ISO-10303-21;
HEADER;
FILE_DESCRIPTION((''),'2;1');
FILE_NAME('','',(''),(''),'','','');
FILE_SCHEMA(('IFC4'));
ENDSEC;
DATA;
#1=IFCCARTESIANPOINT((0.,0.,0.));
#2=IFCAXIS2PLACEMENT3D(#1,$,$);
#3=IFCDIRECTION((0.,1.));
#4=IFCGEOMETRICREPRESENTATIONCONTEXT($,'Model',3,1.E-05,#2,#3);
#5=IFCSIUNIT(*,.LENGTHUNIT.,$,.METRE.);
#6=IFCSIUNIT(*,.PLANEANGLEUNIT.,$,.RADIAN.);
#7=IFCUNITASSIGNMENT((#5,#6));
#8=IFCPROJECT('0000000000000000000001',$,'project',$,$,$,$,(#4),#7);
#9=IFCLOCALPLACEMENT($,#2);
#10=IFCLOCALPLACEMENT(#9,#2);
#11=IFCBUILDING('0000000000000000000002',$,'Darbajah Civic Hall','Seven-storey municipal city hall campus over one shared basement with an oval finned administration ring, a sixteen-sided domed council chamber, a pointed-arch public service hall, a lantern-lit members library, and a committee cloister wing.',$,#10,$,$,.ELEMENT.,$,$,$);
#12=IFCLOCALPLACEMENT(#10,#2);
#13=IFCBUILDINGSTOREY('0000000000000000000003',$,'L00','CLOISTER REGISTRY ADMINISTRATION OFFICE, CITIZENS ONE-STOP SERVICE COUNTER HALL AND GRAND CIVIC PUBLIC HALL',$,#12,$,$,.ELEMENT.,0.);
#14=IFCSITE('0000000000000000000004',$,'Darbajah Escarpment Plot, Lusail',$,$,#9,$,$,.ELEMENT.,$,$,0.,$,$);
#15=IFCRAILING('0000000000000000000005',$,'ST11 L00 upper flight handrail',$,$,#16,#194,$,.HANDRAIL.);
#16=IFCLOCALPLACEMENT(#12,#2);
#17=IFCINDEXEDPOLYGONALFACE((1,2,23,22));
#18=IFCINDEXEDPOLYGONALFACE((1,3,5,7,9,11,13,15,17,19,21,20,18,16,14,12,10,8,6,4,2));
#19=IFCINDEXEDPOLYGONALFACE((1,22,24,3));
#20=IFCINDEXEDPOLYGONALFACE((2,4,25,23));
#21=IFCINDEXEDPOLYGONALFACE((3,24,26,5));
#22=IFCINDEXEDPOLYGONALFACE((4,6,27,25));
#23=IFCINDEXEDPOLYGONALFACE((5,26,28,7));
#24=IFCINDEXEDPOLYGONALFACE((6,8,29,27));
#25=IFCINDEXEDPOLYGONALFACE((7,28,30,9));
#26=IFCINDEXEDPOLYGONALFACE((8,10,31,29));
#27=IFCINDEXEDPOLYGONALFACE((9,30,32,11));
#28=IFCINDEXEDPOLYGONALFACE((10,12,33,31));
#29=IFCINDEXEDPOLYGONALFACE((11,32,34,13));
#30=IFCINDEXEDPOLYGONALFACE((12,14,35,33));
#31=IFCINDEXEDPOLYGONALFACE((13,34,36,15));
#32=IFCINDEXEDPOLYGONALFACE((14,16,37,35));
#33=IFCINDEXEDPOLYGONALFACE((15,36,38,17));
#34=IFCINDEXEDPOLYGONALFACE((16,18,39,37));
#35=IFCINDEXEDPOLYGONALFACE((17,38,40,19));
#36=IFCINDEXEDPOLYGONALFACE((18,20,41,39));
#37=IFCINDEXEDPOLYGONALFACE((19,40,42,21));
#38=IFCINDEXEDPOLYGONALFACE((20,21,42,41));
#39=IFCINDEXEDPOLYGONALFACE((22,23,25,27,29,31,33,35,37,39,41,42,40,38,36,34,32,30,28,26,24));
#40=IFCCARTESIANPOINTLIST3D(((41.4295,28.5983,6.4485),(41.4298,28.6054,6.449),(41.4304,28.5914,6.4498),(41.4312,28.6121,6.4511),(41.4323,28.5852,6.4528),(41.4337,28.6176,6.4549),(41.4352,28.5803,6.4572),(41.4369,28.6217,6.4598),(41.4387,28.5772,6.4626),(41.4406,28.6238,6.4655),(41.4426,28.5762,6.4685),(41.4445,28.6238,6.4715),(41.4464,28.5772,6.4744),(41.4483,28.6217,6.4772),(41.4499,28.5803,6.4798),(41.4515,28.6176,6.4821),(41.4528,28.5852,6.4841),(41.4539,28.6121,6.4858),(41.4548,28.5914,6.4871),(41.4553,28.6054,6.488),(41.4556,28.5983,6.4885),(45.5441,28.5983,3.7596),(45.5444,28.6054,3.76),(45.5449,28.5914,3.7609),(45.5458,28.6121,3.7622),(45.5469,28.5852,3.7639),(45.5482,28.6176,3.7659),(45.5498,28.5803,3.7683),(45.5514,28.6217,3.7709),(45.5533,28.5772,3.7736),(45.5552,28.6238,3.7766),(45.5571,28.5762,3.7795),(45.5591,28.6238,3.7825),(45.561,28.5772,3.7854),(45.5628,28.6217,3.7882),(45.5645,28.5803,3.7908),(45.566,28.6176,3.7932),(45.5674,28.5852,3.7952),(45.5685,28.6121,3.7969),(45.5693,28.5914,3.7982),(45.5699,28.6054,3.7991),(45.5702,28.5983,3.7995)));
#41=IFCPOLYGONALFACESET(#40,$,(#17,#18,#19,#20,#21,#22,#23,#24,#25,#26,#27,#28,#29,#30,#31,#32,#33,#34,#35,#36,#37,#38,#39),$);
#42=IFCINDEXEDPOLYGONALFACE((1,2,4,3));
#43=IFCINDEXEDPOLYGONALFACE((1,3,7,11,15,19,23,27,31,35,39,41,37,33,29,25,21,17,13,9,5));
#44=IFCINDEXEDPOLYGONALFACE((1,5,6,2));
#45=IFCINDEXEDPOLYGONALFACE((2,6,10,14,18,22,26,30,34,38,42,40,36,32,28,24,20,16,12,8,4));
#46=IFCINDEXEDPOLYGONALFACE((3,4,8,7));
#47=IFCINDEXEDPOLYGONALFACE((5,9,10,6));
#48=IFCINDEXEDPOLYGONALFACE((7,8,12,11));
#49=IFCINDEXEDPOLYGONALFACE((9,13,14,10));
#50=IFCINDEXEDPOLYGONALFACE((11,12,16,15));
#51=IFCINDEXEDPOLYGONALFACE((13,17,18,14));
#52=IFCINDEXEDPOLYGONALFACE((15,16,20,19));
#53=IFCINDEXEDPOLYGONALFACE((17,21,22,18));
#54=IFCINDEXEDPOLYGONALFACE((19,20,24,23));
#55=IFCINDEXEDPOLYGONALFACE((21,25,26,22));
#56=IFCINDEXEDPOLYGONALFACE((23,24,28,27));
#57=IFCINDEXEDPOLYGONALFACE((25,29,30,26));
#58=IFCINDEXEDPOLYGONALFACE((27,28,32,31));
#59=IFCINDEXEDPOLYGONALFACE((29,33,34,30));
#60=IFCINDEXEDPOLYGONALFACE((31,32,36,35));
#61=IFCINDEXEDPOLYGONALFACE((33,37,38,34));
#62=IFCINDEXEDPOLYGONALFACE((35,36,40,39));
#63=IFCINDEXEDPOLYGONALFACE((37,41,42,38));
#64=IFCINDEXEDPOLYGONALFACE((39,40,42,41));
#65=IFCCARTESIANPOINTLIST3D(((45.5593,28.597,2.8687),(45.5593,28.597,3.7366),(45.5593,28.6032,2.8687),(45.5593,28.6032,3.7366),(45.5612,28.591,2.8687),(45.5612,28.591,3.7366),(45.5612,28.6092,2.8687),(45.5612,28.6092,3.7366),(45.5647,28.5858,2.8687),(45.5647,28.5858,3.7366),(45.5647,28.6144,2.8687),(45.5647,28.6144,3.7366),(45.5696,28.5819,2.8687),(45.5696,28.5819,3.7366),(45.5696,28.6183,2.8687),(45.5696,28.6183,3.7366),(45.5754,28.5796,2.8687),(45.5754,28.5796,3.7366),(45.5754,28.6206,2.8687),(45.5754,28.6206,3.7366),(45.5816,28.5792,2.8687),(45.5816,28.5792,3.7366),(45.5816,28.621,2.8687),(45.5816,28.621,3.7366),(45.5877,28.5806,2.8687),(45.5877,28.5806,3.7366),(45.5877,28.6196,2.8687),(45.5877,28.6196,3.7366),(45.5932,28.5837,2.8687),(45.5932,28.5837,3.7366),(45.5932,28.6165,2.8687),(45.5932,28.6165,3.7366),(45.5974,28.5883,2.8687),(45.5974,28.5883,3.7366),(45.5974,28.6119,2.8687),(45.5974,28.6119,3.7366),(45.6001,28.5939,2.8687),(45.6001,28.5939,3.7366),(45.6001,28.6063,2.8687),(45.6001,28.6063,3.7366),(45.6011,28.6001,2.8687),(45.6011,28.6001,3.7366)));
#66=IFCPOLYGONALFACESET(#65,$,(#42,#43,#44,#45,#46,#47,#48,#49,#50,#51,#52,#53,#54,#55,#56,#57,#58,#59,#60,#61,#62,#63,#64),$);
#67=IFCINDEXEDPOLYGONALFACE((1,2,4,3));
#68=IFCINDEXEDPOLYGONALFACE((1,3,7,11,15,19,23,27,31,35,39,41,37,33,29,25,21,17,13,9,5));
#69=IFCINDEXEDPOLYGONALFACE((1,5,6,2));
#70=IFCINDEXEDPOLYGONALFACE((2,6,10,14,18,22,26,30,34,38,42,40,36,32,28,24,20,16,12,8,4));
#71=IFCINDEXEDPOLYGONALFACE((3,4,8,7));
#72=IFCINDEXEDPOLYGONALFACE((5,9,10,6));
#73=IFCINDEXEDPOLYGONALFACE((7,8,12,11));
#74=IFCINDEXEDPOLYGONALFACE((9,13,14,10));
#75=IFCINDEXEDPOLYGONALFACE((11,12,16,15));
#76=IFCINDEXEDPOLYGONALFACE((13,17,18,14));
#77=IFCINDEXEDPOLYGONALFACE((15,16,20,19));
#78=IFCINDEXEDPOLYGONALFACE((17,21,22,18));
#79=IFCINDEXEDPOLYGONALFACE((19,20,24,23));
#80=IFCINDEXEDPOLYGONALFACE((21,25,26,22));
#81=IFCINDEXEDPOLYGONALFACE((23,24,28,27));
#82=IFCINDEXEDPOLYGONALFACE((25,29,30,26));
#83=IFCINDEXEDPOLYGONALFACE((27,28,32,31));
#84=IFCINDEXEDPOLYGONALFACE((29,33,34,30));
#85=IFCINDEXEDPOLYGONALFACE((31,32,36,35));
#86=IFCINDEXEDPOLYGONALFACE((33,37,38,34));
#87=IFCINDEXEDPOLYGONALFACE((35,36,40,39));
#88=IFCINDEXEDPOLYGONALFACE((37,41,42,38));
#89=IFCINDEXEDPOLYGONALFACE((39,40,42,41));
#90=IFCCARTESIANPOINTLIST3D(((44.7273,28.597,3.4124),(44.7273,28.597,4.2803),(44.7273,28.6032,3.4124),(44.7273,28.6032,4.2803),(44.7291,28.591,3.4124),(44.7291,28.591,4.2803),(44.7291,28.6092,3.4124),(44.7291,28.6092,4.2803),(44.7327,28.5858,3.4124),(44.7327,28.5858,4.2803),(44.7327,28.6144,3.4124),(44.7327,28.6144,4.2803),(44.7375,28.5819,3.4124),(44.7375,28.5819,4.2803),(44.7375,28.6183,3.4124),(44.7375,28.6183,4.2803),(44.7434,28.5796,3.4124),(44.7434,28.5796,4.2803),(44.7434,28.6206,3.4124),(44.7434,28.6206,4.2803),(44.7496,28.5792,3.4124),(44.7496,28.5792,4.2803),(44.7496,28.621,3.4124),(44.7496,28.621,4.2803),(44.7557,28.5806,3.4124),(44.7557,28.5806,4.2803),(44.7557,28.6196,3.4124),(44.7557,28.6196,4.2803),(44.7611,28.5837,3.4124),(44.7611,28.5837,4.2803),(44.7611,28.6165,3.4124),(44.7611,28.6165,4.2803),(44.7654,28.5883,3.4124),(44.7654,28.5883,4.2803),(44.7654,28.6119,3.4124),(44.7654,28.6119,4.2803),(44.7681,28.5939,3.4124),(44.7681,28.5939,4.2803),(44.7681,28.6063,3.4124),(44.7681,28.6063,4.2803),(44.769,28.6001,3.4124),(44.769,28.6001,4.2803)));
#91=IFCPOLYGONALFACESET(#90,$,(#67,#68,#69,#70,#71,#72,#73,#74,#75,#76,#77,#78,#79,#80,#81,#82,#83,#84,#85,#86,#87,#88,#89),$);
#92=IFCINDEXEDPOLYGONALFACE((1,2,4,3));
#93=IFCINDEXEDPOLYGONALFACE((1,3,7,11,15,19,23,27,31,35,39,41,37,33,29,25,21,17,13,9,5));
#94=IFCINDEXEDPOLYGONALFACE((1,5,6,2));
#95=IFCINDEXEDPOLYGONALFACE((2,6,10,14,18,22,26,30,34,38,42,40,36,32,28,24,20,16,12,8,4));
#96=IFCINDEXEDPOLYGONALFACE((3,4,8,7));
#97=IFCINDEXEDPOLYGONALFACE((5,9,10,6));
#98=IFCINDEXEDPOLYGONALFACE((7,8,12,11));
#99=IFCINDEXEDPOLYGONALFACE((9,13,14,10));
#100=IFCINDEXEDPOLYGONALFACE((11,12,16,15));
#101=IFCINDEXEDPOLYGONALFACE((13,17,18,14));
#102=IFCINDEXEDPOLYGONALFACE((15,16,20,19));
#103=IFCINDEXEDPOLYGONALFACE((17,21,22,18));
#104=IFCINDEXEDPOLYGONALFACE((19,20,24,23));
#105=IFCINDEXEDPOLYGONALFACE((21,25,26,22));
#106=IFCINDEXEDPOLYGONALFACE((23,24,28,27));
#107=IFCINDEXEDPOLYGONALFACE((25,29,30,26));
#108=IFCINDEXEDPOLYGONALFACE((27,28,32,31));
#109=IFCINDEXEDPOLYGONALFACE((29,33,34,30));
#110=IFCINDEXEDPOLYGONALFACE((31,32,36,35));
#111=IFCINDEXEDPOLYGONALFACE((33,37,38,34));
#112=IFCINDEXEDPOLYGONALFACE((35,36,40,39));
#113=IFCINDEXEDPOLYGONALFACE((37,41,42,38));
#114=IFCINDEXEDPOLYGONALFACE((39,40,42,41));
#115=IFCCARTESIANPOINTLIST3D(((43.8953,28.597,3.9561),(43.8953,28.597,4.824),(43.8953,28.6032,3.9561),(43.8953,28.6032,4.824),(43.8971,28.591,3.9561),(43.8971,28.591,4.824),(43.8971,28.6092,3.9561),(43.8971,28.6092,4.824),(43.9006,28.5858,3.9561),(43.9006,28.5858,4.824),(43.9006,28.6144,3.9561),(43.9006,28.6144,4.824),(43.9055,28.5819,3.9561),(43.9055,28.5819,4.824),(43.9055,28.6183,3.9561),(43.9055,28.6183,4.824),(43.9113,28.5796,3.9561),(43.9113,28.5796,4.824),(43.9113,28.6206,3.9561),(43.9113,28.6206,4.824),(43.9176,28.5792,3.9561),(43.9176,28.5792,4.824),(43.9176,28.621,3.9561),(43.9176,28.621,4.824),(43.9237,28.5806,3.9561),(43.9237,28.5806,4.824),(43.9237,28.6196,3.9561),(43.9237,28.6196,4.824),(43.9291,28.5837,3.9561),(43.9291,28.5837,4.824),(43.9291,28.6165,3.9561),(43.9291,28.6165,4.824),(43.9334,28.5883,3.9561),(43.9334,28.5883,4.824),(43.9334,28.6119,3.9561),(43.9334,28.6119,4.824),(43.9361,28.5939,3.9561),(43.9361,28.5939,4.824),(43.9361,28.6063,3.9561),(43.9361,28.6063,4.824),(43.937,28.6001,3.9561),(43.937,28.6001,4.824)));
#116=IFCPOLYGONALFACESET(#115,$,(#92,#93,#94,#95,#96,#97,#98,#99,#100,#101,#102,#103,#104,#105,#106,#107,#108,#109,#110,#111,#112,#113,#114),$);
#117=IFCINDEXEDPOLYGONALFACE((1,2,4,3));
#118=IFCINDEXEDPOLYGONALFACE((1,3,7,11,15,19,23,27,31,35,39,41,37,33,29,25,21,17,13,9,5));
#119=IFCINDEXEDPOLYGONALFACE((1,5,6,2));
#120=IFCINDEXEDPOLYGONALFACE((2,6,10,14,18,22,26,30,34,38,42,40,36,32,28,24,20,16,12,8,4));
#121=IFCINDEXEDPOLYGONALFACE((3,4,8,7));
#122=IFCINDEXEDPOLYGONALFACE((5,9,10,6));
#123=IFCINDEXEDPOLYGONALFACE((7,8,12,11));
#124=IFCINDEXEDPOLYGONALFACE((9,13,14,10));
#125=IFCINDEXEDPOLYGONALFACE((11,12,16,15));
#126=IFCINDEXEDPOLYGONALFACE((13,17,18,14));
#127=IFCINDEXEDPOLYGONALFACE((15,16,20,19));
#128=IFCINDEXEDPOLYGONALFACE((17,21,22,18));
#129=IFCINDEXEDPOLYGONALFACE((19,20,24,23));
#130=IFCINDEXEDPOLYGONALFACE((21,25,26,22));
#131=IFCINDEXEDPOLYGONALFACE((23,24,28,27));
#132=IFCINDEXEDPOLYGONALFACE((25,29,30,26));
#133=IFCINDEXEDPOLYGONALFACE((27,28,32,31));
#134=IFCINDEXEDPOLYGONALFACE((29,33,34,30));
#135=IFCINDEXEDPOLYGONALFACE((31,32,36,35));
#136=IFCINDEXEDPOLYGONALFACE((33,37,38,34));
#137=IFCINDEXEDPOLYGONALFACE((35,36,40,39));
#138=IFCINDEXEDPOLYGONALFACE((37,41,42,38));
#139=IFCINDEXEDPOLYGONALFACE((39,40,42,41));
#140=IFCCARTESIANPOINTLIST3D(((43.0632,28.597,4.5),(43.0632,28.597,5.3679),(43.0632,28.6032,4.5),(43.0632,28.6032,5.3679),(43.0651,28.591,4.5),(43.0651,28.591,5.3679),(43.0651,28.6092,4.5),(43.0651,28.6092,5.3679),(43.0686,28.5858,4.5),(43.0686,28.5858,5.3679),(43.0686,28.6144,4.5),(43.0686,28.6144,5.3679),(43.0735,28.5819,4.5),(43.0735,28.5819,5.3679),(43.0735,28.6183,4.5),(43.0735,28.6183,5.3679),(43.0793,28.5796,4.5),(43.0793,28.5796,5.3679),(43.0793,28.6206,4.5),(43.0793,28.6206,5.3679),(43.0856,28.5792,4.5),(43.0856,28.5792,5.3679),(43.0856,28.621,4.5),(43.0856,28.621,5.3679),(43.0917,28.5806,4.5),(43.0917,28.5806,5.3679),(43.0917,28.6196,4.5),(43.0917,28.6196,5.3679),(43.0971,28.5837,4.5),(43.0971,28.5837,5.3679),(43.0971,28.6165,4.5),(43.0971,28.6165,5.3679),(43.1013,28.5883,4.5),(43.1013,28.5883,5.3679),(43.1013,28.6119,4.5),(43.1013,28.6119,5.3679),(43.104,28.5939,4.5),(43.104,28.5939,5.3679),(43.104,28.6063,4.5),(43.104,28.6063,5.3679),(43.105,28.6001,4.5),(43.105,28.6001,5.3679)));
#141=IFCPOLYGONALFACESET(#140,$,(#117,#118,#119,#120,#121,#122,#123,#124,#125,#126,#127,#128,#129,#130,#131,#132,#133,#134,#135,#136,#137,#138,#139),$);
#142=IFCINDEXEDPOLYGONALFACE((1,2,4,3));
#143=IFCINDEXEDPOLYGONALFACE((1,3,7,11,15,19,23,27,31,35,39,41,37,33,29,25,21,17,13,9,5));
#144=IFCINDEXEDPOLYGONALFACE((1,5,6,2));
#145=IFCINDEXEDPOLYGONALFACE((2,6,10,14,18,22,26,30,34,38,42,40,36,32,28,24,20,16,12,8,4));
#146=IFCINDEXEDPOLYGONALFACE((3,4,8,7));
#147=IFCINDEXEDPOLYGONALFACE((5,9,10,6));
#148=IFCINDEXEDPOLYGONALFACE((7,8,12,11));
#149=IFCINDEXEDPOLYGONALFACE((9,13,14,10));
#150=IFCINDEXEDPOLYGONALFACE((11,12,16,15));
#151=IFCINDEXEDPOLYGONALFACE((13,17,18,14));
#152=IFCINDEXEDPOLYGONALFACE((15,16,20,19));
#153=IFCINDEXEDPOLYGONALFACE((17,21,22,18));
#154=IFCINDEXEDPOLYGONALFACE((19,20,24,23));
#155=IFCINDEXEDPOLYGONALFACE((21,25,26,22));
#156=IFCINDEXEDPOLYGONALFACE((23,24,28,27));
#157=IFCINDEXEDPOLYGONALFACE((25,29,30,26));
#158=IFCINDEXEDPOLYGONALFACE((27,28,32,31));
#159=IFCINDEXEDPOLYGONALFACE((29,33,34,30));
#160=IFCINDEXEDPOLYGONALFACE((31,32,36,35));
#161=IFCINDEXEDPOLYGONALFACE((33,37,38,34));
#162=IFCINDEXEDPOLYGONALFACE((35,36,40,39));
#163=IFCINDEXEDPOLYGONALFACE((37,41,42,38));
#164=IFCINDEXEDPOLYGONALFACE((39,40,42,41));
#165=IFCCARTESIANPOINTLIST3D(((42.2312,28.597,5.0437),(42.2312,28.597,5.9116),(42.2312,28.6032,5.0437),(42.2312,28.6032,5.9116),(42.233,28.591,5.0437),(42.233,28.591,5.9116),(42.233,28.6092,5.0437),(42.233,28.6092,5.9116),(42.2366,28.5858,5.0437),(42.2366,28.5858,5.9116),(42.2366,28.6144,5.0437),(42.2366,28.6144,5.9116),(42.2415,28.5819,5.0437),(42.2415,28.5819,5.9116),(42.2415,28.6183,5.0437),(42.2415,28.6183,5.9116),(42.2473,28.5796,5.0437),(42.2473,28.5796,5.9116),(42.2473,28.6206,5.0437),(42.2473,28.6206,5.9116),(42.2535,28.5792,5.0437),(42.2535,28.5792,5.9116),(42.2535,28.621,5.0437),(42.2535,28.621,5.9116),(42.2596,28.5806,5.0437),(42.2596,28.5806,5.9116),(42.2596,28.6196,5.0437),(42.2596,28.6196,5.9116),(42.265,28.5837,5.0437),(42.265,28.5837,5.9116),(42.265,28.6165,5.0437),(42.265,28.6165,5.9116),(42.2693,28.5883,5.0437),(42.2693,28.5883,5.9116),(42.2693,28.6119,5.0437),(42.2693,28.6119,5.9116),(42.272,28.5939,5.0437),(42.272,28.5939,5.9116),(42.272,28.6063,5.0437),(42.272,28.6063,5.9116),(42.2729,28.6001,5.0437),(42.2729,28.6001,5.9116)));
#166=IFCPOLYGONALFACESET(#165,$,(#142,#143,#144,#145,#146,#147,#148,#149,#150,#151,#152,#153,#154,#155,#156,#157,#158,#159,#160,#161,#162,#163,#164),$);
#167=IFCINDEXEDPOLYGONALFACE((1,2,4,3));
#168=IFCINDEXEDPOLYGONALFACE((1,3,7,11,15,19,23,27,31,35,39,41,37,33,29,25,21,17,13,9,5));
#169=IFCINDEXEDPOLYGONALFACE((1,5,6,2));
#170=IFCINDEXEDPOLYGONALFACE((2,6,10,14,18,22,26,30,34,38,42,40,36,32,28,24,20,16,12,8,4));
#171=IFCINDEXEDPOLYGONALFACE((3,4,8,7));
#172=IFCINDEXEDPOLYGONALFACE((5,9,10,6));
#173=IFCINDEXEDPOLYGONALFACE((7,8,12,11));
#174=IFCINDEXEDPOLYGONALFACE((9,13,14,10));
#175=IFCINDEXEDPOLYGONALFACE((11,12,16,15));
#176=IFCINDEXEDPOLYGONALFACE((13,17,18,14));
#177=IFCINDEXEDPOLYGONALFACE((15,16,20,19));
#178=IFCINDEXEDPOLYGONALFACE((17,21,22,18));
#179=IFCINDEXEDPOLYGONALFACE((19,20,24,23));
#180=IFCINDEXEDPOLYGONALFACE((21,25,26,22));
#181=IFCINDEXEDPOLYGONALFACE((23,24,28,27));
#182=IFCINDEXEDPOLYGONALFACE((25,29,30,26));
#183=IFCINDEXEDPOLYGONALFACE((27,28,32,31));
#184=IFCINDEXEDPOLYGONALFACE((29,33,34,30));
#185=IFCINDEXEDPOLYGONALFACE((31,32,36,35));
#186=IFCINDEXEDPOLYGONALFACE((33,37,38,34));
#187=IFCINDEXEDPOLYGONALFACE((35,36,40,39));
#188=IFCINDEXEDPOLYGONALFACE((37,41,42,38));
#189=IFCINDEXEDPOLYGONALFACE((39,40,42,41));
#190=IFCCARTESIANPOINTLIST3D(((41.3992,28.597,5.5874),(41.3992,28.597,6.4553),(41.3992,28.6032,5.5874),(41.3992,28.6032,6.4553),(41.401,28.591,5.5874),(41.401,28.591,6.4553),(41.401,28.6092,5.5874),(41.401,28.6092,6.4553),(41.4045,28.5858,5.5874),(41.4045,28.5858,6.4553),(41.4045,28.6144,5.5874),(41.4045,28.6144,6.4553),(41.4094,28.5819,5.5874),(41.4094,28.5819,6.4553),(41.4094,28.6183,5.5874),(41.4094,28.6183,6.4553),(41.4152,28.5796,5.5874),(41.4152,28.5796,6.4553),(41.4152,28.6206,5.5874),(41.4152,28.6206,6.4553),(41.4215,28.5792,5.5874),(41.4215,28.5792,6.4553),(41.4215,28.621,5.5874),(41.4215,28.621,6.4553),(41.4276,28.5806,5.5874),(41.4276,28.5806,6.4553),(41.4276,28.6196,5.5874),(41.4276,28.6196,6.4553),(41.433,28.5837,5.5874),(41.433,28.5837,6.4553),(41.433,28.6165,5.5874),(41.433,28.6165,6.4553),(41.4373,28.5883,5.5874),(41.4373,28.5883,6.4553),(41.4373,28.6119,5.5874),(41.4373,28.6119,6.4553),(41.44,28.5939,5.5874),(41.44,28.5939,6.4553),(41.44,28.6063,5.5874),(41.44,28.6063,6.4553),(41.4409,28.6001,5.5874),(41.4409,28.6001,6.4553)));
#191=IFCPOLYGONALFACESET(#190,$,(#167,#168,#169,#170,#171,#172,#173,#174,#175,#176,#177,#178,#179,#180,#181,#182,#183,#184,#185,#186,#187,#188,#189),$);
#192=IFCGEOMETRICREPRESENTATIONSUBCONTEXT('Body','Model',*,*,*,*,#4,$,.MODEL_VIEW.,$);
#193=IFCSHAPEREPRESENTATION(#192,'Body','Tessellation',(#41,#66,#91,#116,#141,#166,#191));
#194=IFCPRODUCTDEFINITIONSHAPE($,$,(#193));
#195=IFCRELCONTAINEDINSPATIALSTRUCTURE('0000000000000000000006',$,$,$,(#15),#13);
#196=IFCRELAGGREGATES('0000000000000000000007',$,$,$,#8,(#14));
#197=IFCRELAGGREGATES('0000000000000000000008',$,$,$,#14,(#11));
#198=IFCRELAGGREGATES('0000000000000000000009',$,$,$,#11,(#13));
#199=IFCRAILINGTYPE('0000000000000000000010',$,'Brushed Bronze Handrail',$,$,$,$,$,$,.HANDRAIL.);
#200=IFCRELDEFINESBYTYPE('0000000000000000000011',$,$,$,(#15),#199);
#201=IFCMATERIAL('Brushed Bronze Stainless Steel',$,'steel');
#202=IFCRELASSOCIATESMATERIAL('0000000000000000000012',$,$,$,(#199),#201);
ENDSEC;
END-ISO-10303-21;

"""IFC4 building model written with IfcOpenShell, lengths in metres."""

from ifc_helpers import new_model, si_unit, direction, frame, origin, origin_2d, place, context, subcontext, project, spatial, circle, extrude, material, type_object, element, save


model = new_model("IFC4")

# Units and contexts
model_context = context("Model", 3, precision=1e-05, world=origin(), true_north=direction((0.0, 1.0)))
body_context = subcontext(model_context, "Body", "Model", "MODEL_VIEW")
ifc_project = project(units=[si_unit("LENGTHUNIT", "METRE"), si_unit("PLANEANGLEUNIT", "RADIAN")], contexts=[model_context])

# Site, building, storey
site_placement = place(None, origin())
site = spatial("IfcSite", under=ifc_project, at=site_placement, Name="Darbajah Escarpment Plot, Lusail", CompositionType="ELEMENT", RefElevation=0.0)
building_placement = place(site_placement, origin())
building = spatial("IfcBuilding", under=site, at=building_placement, Name="Darbajah Civic Hall", Description="Seven-storey municipal city hall campus over one shared basement with an oval finned administration ring, a sixteen-sided domed council chamber, a pointed-arch public service hall, a lantern-lit members library, and a committee cloister wing.", CompositionType="ELEMENT")
storey_placement = place(building_placement, origin())
storey = spatial("IfcBuildingStorey", under=building, at=storey_placement, Name="L00", Description="CLOISTER REGISTRY ADMINISTRATION OFFICE, CITIZENS ONE-STOP SERVICE COUNTER HALL AND GRAND CIVIC PUBLIC HALL", CompositionType="ELEMENT", Elevation=0.0)

# Railing
ifc_material_1 = material(Name="Brushed Bronze Stainless Steel", Category="steel")
railing_type_1 = type_object("IfcRailingType", Name="Brushed Bronze Handrail", PredefinedType="HANDRAIL", material=ifc_material_1)
railing_1_placement = place(storey_placement, frame((45.5801, 28.6001, 2.8687)))
element("IfcRailing", 1, at=railing_1_placement, inside=storey, type_object=railing_type_1, Name="ST11 L00 upper flight handrail", PredefinedType="HANDRAIL", context=body_context, shape_type="SweptSolid", body=[
    extrude(circle(Radius=0.0239, at=origin_2d()), frame((-0.0229, 0.0, 0.9109), z_axis=(-0.837094, 0.0, 0.547059), x_axis=(0.0, -1.0, 0.0)), (0.0, 0.0, 1.0), 4.9153),
    extrude(circle(Radius=0.021, at=origin_2d()), origin(), (0.0, 0.0, 1.0), 0.8679),
    extrude(circle(Radius=0.021, at=origin_2d()), frame((-0.832, 0.0, 0.5437)), (0.0, 0.0, 1.0), 0.8679),
    extrude(circle(Radius=0.021, at=origin_2d()), frame((-1.6641, 0.0, 1.0874)), (0.0, 0.0, 1.0), 0.8679),
    extrude(circle(Radius=0.021, at=origin_2d()), frame((-2.4961, 0.0, 1.6313)), (0.0, 0.0, 1.0), 0.8679),
    extrude(circle(Radius=0.021, at=origin_2d()), frame((-3.3281, 0.0, 2.175)), (0.0, 0.0, 1.0), 0.8679),
    extrude(circle(Radius=0.021, at=origin_2d()), frame((-4.1602, 0.0, 2.7188)), (0.0, 0.0, 1.0), 0.8679),
])

save(model, "model.ifc")
